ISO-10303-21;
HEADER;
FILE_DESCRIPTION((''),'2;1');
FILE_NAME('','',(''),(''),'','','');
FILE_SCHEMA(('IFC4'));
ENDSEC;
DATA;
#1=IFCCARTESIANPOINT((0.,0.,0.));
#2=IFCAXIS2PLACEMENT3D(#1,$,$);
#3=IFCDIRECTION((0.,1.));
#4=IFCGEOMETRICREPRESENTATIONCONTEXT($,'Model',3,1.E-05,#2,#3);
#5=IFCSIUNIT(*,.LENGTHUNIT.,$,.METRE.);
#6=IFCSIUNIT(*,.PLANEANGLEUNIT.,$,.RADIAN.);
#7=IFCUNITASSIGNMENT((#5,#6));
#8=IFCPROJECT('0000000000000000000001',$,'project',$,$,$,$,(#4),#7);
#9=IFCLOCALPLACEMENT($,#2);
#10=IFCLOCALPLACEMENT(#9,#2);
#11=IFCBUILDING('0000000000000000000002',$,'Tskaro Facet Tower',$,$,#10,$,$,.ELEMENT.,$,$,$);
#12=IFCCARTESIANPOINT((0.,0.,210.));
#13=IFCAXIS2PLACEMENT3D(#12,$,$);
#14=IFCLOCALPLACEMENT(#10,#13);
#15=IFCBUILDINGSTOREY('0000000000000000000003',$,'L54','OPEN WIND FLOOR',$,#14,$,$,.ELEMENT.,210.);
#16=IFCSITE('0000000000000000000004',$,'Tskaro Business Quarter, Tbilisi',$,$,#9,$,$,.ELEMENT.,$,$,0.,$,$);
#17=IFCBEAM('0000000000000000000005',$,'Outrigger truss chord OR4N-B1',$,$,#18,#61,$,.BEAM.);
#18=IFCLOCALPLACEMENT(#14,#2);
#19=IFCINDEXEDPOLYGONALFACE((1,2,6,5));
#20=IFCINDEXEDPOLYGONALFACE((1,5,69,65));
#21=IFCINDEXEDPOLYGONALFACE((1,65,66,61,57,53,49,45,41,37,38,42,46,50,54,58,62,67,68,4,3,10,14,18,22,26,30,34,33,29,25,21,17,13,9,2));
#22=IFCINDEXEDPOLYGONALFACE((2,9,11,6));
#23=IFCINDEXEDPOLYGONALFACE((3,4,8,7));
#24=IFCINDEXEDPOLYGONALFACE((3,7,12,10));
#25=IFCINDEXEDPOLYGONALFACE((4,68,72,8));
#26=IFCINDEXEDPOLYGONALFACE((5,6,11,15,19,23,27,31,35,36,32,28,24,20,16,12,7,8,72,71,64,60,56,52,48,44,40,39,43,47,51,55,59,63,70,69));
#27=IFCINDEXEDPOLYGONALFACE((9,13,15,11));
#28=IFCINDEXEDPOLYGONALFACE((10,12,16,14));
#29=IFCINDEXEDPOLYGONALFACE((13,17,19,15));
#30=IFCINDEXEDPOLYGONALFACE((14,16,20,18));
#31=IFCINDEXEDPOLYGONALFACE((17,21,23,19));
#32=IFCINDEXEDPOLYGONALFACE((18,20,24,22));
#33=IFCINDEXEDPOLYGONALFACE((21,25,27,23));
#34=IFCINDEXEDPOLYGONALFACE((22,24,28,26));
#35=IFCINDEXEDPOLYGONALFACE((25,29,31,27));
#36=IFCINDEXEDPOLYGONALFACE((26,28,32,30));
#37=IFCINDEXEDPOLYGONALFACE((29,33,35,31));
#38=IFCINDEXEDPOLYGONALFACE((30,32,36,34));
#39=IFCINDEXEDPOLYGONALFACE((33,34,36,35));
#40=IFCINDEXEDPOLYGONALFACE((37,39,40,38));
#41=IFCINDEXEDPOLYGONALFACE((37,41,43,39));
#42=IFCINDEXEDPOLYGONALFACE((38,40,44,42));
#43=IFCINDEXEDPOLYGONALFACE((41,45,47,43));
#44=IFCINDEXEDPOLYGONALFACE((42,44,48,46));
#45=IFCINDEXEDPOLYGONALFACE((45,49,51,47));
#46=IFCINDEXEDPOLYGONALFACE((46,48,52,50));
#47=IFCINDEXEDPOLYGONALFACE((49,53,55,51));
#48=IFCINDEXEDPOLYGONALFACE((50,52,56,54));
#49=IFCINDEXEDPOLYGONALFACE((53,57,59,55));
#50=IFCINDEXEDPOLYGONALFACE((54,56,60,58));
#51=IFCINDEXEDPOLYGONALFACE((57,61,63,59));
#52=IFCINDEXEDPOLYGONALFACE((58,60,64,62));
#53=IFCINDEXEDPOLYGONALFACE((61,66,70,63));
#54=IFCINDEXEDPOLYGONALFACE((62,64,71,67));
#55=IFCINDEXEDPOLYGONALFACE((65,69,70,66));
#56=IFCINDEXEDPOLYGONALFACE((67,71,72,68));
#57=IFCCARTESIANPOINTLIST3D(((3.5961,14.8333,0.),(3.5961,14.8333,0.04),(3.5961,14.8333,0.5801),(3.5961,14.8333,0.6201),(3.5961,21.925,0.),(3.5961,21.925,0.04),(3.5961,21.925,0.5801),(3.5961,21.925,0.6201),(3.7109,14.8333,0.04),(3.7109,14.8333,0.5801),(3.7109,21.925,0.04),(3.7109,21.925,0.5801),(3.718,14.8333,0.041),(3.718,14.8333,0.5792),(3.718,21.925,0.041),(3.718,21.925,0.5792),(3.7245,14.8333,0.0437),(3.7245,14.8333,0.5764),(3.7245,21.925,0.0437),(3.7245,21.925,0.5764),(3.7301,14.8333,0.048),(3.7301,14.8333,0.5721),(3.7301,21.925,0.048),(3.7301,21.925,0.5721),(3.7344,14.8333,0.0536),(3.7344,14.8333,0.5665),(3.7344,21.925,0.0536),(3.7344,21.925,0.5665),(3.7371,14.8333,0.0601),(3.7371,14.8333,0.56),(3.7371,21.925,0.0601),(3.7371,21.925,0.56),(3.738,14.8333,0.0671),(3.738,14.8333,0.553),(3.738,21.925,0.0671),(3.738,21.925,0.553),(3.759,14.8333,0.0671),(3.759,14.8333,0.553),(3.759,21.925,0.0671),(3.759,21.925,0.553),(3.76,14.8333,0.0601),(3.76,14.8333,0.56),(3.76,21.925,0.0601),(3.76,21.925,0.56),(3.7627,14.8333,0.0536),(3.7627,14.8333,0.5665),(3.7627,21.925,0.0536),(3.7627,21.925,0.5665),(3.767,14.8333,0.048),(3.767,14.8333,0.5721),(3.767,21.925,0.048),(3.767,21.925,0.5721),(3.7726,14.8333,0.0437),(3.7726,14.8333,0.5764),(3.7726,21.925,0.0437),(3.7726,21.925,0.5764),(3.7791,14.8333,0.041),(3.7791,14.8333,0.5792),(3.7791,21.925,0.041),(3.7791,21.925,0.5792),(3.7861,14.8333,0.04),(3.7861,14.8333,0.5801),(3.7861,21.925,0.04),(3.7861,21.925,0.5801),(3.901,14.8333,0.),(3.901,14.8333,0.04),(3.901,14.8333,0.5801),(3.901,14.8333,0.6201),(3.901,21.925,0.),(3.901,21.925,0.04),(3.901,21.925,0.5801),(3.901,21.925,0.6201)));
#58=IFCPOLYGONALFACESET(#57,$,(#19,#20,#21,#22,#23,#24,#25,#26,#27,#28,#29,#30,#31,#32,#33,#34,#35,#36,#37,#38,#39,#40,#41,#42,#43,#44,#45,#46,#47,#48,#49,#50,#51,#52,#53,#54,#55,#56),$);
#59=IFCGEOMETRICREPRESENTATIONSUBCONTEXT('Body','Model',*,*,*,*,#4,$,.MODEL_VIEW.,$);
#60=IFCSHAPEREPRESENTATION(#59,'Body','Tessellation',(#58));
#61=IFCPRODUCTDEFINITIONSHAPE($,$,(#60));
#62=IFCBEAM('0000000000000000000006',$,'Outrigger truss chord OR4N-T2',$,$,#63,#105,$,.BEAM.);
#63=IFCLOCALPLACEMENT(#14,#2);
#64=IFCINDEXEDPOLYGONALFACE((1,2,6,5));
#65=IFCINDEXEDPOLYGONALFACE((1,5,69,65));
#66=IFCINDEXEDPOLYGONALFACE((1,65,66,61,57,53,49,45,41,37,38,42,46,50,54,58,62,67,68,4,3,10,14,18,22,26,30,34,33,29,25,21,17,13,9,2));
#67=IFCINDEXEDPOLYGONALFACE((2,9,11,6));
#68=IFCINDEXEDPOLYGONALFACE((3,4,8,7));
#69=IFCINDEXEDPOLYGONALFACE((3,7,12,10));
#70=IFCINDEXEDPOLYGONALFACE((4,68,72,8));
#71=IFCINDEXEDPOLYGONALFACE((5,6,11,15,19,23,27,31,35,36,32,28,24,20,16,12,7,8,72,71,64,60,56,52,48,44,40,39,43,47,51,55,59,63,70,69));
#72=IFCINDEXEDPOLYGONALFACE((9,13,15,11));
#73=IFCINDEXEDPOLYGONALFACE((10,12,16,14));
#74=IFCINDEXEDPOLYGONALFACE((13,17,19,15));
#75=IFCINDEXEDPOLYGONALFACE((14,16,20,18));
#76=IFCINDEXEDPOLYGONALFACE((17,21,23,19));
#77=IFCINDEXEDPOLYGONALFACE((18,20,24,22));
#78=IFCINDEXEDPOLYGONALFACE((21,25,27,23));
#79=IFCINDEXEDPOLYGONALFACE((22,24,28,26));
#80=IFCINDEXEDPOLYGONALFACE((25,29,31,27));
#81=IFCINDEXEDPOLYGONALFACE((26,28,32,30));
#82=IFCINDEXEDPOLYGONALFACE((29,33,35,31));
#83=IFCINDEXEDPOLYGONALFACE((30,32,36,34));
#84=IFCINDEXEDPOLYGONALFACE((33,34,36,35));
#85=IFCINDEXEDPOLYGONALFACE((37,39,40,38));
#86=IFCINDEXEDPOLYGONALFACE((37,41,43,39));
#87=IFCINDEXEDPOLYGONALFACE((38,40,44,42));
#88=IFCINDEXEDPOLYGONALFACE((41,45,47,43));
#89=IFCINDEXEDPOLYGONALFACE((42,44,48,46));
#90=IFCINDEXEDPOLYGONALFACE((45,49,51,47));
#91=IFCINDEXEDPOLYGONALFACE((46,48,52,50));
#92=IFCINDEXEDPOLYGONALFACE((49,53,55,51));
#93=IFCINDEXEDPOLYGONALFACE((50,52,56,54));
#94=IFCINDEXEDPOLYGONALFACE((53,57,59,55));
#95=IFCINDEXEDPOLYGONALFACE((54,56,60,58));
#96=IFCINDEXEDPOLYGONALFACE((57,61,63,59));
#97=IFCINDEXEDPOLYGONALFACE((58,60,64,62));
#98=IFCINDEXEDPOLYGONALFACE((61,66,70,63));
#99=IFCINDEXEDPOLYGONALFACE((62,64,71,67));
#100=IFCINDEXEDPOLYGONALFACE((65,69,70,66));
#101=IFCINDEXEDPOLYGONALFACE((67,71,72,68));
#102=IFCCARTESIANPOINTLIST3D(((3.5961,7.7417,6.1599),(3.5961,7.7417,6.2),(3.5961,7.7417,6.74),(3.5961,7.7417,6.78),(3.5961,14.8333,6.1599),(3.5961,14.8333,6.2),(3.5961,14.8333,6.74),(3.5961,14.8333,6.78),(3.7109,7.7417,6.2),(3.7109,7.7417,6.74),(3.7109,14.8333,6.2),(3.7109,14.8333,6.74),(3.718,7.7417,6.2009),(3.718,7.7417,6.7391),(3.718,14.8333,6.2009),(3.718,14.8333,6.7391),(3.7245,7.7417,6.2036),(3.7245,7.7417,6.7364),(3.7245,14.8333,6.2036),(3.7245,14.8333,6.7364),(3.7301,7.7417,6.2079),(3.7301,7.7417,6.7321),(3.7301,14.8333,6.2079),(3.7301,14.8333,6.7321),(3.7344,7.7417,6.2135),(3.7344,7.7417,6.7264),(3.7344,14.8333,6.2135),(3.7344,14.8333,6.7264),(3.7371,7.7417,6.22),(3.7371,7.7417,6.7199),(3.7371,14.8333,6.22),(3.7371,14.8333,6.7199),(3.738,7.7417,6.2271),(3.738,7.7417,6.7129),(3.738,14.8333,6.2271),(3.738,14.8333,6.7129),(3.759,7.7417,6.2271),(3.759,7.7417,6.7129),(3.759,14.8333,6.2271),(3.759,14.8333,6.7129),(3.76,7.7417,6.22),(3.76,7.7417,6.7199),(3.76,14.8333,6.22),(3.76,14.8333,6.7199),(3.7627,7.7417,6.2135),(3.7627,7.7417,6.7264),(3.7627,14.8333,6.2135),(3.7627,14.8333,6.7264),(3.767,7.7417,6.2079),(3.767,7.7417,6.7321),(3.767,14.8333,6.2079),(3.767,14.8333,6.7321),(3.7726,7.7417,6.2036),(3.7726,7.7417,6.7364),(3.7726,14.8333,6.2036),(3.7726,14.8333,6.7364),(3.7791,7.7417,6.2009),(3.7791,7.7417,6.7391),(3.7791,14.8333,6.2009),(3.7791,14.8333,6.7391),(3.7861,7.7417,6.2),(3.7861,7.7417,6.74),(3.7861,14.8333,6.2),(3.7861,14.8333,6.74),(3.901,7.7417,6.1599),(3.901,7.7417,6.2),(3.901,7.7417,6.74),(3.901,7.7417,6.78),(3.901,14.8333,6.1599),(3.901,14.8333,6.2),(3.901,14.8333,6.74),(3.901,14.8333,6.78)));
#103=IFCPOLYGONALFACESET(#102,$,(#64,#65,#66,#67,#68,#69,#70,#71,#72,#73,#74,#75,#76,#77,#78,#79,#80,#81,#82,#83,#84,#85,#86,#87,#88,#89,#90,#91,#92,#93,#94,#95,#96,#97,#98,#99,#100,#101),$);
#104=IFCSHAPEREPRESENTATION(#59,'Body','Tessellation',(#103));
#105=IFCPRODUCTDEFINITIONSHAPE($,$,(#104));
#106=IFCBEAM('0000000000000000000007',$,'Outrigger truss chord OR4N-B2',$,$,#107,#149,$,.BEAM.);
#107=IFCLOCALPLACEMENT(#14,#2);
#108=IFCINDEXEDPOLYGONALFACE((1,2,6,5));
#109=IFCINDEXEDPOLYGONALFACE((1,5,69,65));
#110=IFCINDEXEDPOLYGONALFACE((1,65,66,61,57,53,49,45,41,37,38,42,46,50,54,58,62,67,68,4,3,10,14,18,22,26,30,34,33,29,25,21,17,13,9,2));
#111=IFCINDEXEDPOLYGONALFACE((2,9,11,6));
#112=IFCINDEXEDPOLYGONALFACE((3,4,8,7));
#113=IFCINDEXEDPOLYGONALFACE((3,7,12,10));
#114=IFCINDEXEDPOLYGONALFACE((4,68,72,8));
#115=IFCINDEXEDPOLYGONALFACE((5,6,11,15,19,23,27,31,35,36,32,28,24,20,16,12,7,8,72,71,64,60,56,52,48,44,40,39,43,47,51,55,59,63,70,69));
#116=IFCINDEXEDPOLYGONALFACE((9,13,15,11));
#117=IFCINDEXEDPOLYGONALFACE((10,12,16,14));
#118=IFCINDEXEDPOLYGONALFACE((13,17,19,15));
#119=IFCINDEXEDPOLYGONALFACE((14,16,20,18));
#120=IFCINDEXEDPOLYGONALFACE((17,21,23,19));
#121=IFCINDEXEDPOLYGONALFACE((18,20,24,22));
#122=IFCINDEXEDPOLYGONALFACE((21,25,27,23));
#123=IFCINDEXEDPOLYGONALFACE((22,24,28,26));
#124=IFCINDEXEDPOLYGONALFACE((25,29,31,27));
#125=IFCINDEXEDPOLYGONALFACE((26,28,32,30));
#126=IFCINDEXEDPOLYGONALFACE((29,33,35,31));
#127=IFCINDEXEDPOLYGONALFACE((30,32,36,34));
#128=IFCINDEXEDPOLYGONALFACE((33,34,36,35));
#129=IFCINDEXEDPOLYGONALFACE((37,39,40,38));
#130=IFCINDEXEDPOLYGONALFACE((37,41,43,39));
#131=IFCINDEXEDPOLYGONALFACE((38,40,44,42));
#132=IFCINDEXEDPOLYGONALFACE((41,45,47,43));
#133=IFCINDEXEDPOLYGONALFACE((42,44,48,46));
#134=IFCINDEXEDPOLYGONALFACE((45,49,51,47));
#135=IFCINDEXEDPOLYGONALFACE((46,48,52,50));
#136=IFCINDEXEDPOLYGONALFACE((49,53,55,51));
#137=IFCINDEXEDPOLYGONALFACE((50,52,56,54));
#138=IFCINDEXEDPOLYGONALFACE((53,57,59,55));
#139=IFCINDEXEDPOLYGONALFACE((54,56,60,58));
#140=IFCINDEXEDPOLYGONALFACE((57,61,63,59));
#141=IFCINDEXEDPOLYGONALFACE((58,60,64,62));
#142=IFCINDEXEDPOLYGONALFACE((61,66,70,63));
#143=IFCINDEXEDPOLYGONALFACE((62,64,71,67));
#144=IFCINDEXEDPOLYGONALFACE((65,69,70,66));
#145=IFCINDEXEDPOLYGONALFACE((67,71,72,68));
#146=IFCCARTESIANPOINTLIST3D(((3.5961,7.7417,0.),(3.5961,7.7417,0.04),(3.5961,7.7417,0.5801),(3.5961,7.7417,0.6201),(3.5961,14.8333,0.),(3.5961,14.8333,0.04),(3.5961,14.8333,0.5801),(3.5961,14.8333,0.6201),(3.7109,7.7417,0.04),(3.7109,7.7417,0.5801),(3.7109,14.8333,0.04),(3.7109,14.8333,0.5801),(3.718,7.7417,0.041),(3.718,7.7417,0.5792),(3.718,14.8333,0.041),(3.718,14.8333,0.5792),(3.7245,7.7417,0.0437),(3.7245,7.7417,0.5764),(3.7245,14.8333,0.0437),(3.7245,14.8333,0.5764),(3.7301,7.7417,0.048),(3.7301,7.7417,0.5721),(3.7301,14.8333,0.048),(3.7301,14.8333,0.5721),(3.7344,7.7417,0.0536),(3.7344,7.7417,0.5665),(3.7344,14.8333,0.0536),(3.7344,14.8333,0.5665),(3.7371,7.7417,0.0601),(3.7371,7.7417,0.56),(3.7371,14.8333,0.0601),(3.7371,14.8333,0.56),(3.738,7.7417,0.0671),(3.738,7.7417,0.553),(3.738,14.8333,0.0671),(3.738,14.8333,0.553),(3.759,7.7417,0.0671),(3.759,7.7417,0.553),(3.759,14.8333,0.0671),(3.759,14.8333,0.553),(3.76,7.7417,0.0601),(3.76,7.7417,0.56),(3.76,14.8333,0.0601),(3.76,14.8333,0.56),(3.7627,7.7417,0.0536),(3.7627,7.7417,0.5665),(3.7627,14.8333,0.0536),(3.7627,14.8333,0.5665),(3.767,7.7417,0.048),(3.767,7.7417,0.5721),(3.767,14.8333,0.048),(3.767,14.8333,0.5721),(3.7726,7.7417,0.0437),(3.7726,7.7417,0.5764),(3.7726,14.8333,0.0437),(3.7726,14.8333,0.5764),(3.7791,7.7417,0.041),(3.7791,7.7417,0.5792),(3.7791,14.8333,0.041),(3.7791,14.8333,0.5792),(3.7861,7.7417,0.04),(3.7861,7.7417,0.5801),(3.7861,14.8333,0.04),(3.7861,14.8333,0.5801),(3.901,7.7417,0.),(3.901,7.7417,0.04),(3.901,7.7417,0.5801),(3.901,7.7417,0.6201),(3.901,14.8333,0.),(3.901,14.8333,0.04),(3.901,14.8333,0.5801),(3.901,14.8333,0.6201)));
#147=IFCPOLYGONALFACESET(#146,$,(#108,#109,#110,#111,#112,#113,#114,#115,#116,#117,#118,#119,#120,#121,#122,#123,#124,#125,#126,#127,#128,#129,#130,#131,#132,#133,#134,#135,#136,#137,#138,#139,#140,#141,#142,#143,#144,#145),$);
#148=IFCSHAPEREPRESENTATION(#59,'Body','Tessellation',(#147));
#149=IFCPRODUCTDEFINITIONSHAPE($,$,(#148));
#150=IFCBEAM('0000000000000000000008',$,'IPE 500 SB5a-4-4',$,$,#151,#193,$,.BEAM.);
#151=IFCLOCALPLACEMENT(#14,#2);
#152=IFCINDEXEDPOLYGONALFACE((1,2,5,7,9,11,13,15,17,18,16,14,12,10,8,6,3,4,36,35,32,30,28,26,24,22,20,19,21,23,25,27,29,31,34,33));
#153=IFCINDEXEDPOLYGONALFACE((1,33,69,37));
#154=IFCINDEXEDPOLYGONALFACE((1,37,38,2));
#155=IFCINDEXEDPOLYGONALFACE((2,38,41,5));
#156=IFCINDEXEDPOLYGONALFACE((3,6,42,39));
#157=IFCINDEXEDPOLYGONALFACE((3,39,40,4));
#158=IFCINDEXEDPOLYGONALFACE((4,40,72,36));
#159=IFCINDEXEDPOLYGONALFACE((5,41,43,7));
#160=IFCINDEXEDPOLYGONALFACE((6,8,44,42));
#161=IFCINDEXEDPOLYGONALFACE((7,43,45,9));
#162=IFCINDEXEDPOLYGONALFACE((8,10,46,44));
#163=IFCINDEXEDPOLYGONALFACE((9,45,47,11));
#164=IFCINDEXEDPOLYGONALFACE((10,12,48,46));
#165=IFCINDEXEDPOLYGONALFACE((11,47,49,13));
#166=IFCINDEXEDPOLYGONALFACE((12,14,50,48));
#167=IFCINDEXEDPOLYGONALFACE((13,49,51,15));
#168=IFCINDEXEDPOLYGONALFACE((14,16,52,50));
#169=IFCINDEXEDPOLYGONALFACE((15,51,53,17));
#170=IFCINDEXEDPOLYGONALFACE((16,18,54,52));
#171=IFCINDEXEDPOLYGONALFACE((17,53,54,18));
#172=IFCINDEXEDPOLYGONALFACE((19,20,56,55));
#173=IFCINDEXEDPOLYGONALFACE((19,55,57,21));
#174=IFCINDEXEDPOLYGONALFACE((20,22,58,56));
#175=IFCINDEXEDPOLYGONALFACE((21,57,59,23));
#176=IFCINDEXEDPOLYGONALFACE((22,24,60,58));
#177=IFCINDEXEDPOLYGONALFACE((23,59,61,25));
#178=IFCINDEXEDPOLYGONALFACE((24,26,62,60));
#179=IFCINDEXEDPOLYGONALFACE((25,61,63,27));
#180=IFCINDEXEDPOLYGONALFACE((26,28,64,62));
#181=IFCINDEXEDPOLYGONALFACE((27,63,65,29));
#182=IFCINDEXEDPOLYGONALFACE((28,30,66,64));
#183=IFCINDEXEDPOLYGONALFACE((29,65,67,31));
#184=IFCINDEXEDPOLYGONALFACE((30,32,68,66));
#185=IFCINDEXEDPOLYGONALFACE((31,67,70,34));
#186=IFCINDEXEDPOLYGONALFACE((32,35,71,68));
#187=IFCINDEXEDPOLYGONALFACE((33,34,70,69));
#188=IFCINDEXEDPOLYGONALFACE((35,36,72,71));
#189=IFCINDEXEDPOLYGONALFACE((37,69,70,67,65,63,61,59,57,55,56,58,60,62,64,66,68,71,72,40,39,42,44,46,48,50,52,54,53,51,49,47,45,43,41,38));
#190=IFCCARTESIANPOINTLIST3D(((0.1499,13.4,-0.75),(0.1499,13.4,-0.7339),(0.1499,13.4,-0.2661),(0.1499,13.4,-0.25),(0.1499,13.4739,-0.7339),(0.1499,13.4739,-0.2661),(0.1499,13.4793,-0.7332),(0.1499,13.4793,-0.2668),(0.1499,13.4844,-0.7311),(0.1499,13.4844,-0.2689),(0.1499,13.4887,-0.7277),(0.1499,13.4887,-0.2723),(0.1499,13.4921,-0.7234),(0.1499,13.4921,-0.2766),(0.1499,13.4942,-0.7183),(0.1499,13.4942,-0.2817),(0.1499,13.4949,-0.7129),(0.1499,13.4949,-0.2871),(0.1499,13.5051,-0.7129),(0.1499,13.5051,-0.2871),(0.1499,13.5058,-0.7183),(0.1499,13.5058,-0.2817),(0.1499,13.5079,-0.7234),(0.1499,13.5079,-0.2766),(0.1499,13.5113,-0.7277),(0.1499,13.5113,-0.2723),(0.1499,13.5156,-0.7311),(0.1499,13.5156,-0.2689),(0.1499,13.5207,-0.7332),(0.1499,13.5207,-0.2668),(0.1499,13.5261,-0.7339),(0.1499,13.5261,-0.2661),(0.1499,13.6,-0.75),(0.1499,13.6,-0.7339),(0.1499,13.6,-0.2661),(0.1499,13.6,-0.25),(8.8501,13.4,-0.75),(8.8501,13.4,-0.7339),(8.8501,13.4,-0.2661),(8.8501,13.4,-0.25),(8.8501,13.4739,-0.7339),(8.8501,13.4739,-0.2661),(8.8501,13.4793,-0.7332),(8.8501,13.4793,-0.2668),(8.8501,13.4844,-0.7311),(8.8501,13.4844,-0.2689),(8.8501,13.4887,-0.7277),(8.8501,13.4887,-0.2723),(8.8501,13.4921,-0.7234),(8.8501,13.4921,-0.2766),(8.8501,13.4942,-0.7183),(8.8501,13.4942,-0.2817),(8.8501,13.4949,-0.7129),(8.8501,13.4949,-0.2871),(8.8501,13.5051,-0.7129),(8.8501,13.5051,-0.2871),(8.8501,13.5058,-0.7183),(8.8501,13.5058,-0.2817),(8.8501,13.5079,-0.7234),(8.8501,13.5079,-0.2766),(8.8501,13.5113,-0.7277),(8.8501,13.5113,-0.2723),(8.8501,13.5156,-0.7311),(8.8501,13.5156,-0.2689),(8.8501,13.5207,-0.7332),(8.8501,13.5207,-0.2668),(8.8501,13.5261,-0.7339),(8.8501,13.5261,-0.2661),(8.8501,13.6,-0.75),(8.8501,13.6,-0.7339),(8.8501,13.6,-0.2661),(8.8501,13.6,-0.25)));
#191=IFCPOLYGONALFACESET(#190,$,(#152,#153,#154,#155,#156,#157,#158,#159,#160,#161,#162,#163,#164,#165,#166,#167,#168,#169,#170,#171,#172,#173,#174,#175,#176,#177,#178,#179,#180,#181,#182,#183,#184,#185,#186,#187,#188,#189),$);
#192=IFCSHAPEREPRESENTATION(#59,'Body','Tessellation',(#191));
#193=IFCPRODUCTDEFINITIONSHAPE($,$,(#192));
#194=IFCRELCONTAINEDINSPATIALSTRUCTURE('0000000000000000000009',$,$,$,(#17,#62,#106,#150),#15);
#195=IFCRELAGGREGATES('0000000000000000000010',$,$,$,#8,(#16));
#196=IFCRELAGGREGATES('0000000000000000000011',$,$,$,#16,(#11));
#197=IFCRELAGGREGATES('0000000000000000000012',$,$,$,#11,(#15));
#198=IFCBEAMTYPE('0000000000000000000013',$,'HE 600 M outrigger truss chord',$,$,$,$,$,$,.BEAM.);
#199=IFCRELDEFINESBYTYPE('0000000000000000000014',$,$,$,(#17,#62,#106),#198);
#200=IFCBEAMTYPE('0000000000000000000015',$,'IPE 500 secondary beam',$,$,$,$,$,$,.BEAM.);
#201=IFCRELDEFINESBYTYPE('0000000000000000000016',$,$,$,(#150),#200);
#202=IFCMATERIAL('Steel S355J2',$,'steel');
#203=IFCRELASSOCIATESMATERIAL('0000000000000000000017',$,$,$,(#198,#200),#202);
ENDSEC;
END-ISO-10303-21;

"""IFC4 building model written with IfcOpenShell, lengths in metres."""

from ifc_helpers import new_model, si_unit, direction, frame, origin, origin_2d, place, context, subcontext, project, spatial, i_section, extrude, material, material_profile, profile_set, type_object, element, save


model = new_model("IFC4")

# Units and contexts
model_context = context("Model", 3, precision=1e-05, world=origin(), true_north=direction((0.0, 1.0)))
body_context = subcontext(model_context, "Body", "Model", "MODEL_VIEW")
ifc_project = project(units=[si_unit("LENGTHUNIT", "METRE"), si_unit("PLANEANGLEUNIT", "RADIAN")], contexts=[model_context])

# Site, building, storey
site_placement = place(None, origin())
site = spatial("IfcSite", under=ifc_project, at=site_placement, Name="Tskaro Business Quarter, Tbilisi", CompositionType="ELEMENT", RefElevation=0.0)
building_placement = place(site_placement, origin())
building = spatial("IfcBuilding", under=site, at=building_placement, Name="Tskaro Facet Tower", CompositionType="ELEMENT")
storey_placement = place(building_placement, frame((0.0, 0.0, 210.0)))
storey = spatial("IfcBuildingStorey", under=building, at=storey_placement, Name="L54", Description="OPEN WIND FLOOR", CompositionType="ELEMENT", Elevation=210.0)

# Shared definitions
ifc_material_1 = material(Name="Steel S355J2", Category="steel")

# Beams
ifc_material_profile_1 = material_profile(ifc_material_1, i_section(OverallWidth=0.3049, OverallDepth=0.6201, WebThickness=0.021, FlangeThickness=0.04, FilletRadius=0.0271, at=origin_2d()), Name="HE 600 M")
ifc_profile_set_1 = profile_set([ifc_material_profile_1], Name="Steel S355J2")
beam_type_1 = type_object("IfcBeamType", Name="HE 600 M outrigger truss chord", PredefinedType="BEAM", material=ifc_profile_set_1)
for number, where, z_axis, x_axis, name in (
    (1, (3.7485, 21.925, 0.3101), (0.0, -1.0, 0.0), (1.0, 0.0, 0.0), "Outrigger truss chord OR4N-B1"),
):
    element("IfcBeam", number, at=place(storey_placement, frame(where, z_axis=z_axis, x_axis=x_axis)), inside=storey, type_object=beam_type_1, Name=name, PredefinedType="BEAM", context=body_context, shape_type="SweptSolid", body=[
        extrude(i_section(OverallWidth=0.3049, OverallDepth=0.6201, WebThickness=0.021, FlangeThickness=0.04, FilletRadius=0.0271, at=origin_2d()), origin(), (0.0, 0.0, 1.0), 7.0918),
    ])
for number, where, z_axis, x_axis, name in (
    (2, (3.7485, 14.8333, 6.47), (0.0, -1.0, 0.0), (1.0, 0.0, 0.0), "Outrigger truss chord OR4N-T2"),
    (3, (3.7485, 14.8333, 0.3101), (0.0, -1.0, 0.0), (1.0, 0.0, 0.0), "Outrigger truss chord OR4N-B2"),
):
    element("IfcBeam", number, at=place(storey_placement, frame(where, z_axis=z_axis, x_axis=x_axis)), inside=storey, type_object=beam_type_1, Name=name, PredefinedType="BEAM", context=body_context, shape_type="SweptSolid", body=[
        extrude(i_section(OverallWidth=0.3049, OverallDepth=0.6201, WebThickness=0.021, FlangeThickness=0.04, FilletRadius=0.0271, at=origin_2d()), origin(), (0.0, 0.0, 1.0), 7.0916),
    ])
ifc_material_profile_2 = material_profile(ifc_material_1, i_section(OverallWidth=0.2, OverallDepth=0.5, WebThickness=0.0103, FlangeThickness=0.0161, FilletRadius=0.021, at=origin_2d()), Name="IPE 500")
ifc_profile_set_2 = profile_set([ifc_material_profile_2], Name="Steel S355J2")
beam_type_2 = type_object("IfcBeamType", Name="IPE 500 secondary beam", PredefinedType="BEAM", material=ifc_profile_set_2)
beam_1_placement = place(storey_placement, frame((0.1499, 13.5, -0.5), z_axis=(1.0, 0.0, 0.0), x_axis=(0.0, 1.0, 0.0)))
element("IfcBeam", 4, at=beam_1_placement, inside=storey, type_object=beam_type_2, Name="IPE 500 SB5a-4-4", PredefinedType="BEAM", context=body_context, shape_type="SweptSolid", body=[
    extrude(i_section(OverallWidth=0.2, OverallDepth=0.5, WebThickness=0.0103, FlangeThickness=0.0161, FilletRadius=0.021, at=origin_2d()), origin(), (0.0, 0.0, 1.0), 8.7002),
])

save(model, "model.ifc")
